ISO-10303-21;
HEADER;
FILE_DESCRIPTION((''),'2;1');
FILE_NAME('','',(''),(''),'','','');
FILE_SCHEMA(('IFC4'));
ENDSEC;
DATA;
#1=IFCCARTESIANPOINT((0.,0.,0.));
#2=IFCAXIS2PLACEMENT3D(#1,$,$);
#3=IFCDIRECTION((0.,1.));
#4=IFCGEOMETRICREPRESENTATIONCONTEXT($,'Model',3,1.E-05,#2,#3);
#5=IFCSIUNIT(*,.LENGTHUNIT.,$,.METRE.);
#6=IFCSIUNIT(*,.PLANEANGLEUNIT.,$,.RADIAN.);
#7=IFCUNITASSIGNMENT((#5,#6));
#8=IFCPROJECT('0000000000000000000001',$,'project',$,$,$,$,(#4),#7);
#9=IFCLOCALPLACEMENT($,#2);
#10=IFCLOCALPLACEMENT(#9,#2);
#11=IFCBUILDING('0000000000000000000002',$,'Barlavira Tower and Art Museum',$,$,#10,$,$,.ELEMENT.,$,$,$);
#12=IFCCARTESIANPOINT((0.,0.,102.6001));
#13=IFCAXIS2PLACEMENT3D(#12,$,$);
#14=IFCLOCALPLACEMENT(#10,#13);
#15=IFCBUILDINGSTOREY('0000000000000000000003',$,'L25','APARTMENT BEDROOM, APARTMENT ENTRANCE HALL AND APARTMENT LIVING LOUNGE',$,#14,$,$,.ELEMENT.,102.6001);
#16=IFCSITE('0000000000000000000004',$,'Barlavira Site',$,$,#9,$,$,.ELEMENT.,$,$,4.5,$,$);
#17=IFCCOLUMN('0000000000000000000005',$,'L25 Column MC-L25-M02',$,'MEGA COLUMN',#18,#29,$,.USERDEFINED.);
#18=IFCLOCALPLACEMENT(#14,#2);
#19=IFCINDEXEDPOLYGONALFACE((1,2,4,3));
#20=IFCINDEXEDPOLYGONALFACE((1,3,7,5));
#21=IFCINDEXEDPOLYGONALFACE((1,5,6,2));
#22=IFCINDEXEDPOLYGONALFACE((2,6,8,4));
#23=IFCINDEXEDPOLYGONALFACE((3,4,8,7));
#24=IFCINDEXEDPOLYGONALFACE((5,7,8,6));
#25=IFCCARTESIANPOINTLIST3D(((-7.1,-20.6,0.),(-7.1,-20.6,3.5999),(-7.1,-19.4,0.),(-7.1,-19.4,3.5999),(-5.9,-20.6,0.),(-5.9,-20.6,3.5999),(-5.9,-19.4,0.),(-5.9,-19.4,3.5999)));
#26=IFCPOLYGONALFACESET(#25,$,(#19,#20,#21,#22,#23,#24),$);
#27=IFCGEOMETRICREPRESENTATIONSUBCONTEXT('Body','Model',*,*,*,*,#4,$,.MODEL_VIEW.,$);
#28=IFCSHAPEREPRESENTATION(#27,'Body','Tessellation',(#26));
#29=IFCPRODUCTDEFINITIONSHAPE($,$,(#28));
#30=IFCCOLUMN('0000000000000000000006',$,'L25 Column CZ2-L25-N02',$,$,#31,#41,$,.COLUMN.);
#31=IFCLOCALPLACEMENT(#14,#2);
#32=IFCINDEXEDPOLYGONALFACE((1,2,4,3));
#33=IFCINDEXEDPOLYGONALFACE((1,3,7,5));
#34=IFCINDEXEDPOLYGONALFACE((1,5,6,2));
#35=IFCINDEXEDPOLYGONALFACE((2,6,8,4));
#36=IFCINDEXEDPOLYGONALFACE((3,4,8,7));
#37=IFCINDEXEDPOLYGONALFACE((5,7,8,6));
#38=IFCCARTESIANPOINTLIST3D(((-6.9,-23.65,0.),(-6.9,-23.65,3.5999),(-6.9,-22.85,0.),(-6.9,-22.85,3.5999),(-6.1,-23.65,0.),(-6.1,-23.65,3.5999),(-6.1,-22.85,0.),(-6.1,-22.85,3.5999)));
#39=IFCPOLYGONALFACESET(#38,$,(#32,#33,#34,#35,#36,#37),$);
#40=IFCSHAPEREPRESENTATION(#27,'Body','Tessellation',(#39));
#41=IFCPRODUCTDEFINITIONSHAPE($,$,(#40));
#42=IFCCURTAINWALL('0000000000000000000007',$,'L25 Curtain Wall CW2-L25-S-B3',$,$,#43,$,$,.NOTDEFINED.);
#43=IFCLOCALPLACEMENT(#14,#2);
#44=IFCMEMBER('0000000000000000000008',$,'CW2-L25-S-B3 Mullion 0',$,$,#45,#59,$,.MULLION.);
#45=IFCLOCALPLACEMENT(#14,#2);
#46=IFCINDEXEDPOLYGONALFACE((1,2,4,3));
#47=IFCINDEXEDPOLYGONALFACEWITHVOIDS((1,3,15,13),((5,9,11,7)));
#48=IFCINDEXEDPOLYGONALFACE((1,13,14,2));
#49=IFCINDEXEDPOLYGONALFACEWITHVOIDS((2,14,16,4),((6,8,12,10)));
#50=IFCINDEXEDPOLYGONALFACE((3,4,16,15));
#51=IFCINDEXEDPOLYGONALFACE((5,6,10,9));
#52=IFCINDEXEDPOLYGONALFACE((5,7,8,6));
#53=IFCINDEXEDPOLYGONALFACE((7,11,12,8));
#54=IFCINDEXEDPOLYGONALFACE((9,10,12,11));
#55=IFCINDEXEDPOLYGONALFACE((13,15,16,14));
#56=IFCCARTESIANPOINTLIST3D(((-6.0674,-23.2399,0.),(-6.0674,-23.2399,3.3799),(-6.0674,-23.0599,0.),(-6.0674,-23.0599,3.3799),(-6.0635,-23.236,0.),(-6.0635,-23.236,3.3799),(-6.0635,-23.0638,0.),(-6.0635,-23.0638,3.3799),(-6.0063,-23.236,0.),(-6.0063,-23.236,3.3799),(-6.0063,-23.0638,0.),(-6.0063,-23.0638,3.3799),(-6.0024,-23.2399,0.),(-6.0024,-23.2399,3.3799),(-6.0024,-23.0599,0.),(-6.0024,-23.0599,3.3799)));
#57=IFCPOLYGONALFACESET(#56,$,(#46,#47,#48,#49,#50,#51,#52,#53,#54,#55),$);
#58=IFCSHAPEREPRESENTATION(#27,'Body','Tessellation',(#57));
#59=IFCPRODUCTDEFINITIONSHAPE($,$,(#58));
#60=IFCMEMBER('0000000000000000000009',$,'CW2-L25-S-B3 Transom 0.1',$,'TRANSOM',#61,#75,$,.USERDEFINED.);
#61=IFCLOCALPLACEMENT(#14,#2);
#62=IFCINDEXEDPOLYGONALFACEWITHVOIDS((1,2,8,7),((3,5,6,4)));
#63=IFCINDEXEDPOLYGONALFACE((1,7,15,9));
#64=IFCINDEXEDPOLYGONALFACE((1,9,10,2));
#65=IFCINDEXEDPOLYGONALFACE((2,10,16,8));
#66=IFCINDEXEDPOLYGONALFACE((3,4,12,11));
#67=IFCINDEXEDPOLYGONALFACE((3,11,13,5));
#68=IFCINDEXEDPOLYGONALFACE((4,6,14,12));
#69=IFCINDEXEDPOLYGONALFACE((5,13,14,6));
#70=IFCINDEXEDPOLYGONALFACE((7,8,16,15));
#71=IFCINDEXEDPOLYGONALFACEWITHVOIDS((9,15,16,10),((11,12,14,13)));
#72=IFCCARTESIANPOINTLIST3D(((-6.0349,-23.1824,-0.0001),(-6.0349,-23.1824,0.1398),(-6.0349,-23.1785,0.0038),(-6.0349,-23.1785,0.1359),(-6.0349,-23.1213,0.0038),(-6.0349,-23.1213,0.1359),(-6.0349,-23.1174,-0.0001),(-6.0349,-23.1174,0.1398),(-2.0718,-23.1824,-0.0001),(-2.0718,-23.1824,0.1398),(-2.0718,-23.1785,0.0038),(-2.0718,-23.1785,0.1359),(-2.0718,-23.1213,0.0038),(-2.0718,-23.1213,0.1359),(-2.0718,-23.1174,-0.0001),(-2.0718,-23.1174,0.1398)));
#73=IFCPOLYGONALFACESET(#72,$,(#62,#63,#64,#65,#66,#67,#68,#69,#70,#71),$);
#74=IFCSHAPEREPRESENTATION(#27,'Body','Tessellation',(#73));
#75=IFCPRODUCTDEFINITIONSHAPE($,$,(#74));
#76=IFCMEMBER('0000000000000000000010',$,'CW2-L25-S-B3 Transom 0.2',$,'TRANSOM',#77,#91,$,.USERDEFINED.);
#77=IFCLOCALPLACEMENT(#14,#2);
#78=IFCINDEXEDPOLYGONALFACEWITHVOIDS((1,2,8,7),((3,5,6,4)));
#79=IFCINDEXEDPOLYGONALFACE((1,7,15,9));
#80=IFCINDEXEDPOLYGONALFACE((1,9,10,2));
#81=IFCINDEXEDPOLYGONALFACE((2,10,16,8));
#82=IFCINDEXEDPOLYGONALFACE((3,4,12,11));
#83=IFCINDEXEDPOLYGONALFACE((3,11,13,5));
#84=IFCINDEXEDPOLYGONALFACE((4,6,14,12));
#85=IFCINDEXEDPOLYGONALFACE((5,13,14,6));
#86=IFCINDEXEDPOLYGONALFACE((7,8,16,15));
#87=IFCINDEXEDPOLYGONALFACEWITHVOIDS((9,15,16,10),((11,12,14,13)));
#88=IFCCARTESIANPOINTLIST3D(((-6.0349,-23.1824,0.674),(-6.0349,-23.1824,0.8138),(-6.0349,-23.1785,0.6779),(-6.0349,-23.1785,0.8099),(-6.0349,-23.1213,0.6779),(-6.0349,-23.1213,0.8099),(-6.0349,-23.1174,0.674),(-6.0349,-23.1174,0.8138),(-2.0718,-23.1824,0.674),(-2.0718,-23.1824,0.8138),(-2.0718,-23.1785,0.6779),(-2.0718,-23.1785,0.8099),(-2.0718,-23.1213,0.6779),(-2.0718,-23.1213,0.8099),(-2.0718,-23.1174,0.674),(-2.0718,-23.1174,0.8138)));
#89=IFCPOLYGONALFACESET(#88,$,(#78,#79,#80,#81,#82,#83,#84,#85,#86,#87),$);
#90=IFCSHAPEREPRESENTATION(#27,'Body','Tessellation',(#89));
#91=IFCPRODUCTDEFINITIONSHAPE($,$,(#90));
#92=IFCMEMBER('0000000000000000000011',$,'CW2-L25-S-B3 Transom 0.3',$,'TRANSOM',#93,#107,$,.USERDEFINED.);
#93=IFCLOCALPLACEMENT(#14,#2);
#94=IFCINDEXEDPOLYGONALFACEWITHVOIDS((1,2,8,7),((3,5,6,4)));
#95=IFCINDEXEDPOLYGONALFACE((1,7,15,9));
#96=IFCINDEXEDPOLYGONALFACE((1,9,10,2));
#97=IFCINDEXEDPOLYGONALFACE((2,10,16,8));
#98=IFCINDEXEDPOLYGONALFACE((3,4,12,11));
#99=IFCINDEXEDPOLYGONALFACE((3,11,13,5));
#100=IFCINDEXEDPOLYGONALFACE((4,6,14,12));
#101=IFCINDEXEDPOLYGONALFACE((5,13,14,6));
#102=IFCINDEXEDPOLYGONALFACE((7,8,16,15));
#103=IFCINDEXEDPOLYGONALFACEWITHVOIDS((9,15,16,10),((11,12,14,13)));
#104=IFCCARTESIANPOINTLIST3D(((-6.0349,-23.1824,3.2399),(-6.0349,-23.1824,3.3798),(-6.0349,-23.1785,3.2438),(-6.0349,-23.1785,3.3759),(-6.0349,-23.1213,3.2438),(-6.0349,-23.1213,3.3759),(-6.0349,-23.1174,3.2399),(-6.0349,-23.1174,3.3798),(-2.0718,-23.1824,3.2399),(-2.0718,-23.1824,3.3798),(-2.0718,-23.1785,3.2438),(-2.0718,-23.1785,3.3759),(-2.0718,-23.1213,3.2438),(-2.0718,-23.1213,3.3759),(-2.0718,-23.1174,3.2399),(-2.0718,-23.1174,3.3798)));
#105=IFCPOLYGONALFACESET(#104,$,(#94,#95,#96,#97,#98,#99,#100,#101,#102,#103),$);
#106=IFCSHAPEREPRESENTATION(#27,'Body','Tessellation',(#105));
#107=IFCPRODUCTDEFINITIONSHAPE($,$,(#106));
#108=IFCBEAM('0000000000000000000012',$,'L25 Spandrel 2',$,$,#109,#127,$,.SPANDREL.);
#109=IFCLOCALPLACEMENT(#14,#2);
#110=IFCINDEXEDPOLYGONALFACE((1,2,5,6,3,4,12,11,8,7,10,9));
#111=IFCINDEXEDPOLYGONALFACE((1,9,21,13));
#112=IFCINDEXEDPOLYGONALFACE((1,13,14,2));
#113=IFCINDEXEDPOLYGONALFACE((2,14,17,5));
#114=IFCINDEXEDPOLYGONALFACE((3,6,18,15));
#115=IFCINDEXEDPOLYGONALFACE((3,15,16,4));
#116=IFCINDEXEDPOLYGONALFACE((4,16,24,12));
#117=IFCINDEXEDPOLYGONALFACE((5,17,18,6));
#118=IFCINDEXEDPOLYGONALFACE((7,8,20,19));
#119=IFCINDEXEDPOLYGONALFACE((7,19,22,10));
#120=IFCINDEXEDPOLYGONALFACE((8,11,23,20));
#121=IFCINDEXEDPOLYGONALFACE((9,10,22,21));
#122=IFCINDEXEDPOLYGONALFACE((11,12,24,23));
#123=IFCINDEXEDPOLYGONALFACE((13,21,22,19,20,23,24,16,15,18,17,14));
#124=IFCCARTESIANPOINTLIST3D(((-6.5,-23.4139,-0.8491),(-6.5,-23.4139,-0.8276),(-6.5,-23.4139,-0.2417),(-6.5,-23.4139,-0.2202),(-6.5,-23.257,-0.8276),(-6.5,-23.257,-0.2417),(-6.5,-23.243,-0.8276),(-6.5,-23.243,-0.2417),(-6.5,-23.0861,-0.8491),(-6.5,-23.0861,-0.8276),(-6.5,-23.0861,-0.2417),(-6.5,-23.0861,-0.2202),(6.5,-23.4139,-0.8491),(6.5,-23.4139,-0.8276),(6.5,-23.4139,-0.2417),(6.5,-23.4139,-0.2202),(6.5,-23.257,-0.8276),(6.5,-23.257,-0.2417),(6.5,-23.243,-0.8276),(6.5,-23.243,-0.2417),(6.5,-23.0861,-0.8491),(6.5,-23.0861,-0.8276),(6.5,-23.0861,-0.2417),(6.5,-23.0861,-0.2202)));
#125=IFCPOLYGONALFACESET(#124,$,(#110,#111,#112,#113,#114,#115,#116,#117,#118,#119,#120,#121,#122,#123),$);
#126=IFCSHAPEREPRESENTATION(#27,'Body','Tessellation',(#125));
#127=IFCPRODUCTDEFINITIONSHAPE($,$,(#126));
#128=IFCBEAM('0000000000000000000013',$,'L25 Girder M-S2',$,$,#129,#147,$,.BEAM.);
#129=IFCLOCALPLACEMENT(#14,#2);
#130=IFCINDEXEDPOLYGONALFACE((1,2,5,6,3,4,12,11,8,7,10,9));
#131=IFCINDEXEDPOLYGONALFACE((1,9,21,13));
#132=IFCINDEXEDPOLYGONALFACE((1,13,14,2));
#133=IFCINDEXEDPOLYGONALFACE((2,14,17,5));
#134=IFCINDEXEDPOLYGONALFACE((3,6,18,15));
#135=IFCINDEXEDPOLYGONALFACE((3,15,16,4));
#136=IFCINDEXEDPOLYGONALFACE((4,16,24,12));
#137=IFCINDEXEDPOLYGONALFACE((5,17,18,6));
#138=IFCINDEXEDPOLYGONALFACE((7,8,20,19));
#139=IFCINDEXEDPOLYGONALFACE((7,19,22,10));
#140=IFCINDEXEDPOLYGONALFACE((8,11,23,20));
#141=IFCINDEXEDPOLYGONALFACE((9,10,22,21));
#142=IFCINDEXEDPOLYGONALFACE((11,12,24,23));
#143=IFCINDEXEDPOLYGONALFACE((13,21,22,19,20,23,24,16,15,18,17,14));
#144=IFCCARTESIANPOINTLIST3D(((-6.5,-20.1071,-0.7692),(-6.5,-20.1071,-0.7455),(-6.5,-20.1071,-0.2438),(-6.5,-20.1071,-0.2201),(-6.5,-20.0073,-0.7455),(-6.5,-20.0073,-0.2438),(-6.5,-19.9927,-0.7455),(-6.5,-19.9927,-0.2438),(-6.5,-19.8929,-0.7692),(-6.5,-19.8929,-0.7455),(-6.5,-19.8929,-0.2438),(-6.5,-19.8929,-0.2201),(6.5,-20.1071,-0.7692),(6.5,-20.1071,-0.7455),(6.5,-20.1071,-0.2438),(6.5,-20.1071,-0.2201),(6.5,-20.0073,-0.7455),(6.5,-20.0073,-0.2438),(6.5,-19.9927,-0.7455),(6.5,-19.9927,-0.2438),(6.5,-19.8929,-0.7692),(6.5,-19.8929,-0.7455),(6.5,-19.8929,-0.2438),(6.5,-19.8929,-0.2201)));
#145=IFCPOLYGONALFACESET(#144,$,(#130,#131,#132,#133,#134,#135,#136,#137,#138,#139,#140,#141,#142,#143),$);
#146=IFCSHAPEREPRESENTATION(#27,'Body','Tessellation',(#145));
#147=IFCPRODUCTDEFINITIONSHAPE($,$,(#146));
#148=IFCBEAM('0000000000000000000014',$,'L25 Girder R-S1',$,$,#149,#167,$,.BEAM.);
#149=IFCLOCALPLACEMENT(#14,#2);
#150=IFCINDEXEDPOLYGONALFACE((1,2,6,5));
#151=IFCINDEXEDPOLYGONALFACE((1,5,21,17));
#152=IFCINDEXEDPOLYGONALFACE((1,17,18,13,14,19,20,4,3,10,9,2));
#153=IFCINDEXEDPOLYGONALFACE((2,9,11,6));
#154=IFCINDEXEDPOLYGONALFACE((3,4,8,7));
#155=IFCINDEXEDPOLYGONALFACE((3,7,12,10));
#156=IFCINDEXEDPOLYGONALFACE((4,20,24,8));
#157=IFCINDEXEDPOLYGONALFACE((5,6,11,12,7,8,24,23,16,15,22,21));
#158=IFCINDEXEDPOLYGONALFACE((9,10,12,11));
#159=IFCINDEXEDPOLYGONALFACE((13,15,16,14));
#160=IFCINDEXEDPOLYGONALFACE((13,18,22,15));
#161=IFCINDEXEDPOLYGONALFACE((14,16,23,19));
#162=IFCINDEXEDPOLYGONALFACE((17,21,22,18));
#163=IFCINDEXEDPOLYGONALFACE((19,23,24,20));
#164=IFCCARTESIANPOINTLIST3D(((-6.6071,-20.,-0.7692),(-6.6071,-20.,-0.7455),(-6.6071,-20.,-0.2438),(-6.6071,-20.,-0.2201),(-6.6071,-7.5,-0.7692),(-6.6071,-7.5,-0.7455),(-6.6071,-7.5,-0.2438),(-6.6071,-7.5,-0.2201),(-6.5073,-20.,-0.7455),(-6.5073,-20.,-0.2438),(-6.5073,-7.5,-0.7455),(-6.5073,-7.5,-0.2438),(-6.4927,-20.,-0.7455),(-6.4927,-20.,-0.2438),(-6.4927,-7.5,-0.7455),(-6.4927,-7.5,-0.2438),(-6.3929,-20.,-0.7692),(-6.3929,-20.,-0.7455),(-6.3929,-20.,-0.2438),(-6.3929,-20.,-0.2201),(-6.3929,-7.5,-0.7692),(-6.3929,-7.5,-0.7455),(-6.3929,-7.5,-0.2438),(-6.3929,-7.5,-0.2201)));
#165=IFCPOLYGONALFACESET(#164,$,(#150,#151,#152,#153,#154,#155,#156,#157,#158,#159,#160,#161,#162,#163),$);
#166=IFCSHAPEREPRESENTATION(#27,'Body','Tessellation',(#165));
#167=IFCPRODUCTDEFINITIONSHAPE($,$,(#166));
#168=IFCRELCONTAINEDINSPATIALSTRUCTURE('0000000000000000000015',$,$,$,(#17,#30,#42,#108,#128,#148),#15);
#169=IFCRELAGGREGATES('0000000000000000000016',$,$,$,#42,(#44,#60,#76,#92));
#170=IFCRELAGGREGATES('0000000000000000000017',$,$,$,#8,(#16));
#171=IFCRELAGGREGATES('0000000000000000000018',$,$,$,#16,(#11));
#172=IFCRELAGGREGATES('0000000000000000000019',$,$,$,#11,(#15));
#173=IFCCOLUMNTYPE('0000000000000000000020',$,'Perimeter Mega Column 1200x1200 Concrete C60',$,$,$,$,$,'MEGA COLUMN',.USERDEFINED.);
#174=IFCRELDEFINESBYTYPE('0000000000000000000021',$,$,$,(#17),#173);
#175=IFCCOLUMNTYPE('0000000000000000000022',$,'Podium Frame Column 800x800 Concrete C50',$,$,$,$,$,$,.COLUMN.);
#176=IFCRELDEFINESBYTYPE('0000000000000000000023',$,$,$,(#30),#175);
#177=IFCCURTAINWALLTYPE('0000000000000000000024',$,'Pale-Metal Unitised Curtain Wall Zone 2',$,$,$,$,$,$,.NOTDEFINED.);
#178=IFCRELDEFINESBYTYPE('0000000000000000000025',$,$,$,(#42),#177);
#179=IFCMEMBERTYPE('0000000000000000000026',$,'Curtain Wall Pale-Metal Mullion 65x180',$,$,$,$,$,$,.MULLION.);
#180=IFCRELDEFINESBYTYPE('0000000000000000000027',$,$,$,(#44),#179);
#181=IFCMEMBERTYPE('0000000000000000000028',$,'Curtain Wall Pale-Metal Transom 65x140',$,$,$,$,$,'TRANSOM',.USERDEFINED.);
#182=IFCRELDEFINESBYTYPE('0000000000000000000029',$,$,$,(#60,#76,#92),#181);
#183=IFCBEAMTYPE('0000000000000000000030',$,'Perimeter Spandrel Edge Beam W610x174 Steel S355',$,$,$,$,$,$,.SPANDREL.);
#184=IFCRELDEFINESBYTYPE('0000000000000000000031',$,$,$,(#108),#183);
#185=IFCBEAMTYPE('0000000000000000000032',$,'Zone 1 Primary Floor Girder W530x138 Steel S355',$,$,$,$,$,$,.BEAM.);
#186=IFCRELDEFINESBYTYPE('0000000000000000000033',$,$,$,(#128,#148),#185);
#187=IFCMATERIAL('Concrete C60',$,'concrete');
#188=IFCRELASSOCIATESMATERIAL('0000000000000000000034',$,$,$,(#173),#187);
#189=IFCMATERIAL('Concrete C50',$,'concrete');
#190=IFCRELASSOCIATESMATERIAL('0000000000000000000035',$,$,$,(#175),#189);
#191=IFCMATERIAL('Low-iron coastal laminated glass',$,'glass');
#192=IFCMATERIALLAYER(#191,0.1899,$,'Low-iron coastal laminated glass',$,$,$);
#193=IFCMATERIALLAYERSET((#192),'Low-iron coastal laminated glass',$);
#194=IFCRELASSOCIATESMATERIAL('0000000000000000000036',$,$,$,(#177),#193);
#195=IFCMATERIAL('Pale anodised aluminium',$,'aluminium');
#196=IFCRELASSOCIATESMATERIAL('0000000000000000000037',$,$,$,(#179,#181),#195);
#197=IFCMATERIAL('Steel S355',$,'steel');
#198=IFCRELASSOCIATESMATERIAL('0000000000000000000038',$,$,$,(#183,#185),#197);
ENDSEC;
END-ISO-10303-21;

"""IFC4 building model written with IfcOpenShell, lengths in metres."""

from ifc_helpers import new_model, si_unit, direction, frame, origin, origin_2d, place, context, subcontext, project, spatial, rectangle, hollow_rectangle, i_section, extrude, material, layer, layer_set, material_profile, profile_set, type_object, element, aggregate, save


model = new_model("IFC4")

# Units and contexts
model_context = context("Model", 3, precision=1e-05, world=origin(), true_north=direction((0.0, 1.0)))
body_context = subcontext(model_context, "Body", "Model", "MODEL_VIEW")
ifc_project = project(units=[si_unit("LENGTHUNIT", "METRE"), si_unit("PLANEANGLEUNIT", "RADIAN")], contexts=[model_context])

# Site, building, storey
site_placement = place(None, origin())
site = spatial("IfcSite", under=ifc_project, at=site_placement, Name="Barlavira Site", CompositionType="ELEMENT", RefElevation=4.5)
building_placement = place(site_placement, origin())
building = spatial("IfcBuilding", under=site, at=building_placement, Name="Barlavira Tower and Art Museum", CompositionType="ELEMENT")
storey_placement = place(building_placement, frame((0.0, 0.0, 102.6001)))
storey = spatial("IfcBuildingStorey", under=building, at=storey_placement, Name="L25", Description="APARTMENT BEDROOM, APARTMENT ENTRANCE HALL AND APARTMENT LIVING LOUNGE", CompositionType="ELEMENT", Elevation=102.6001)

# Columns
ifc_material_1 = material(Name="Concrete C60", Category="concrete")
ifc_material_profile_1 = material_profile(ifc_material_1, rectangle(XDim=1.2, YDim=1.2, at=origin_2d()), Name="RC-COL 1200x1200")
ifc_profile_set_1 = profile_set([ifc_material_profile_1], Name="Concrete C60")
column_type_1 = type_object("IfcColumnType", Name="Perimeter Mega Column 1200x1200 Concrete C60", ElementType="MEGA COLUMN", PredefinedType="USERDEFINED", material=ifc_profile_set_1)
column_1_placement = place(storey_placement, frame((-6.5, -20.0, 0.0), z_axis=(0.0, 0.0, 1.0), x_axis=(1.0, 0.0, 0.0)))
element("IfcColumn", 1, at=column_1_placement, inside=storey, type_object=column_type_1, Name="L25 Column MC-L25-M02", ObjectType="MEGA COLUMN", PredefinedType="USERDEFINED", context=body_context, shape_type="SweptSolid", body=[
    extrude(rectangle(XDim=1.2, YDim=1.2, at=origin_2d()), origin(), (0.0, 0.0, 1.0), 3.5999),
])
ifc_material_2 = material(Name="Concrete C50", Category="concrete")
ifc_material_profile_2 = material_profile(ifc_material_2, rectangle(XDim=0.8, YDim=0.8, at=origin_2d()), Name="RC-COL 800x800")
ifc_profile_set_2 = profile_set([ifc_material_profile_2], Name="Concrete C50")
column_type_2 = type_object("IfcColumnType", Name="Podium Frame Column 800x800 Concrete C50", PredefinedType="COLUMN", material=ifc_profile_set_2)
column_2_placement = place(storey_placement, frame((-6.5, -23.25, 0.0), z_axis=(0.0, 0.0, 1.0), x_axis=(1.0, 0.0, 0.0)))
element("IfcColumn", 2, at=column_2_placement, inside=storey, type_object=column_type_2, Name="L25 Column CZ2-L25-N02", PredefinedType="COLUMN", context=body_context, shape_type="SweptSolid", body=[
    extrude(rectangle(XDim=0.8, YDim=0.8, at=origin_2d()), origin(), (0.0, 0.0, 1.0), 3.5999),
])

# Curtain wall, members
ifc_material_3 = material(Name="Low-iron coastal laminated glass", Category="glass")
ifc_layer_1 = layer(ifc_material_3, 0.1899, Name="Low-iron coastal laminated glass")
ifc_layer_set_1 = layer_set([ifc_layer_1], Name="Low-iron coastal laminated glass")
curtain_wall_type = type_object("IfcCurtainWallType", Name="Pale-Metal Unitised Curtain Wall Zone 2", PredefinedType="NOTDEFINED", material=ifc_layer_set_1)
curtain_wall_placement = place(storey_placement, origin())
curtain_wall = element("IfcCurtainWall", 3, at=curtain_wall_placement, inside=storey, type_object=curtain_wall_type, Name="L25 Curtain Wall CW2-L25-S-B3", PredefinedType="NOTDEFINED")
ifc_material_4 = material(Name="Pale anodised aluminium", Category="aluminium")
ifc_material_profile_3 = material_profile(ifc_material_4, hollow_rectangle(XDim=0.0649, YDim=0.1799, WallThickness=0.0039, at=origin_2d()), Name="ALU-MULL 65x180x4")
ifc_profile_set_3 = profile_set([ifc_material_profile_3], Name="Pale anodised aluminium")
member_type_1 = type_object("IfcMemberType", Name="Curtain Wall Pale-Metal Mullion 65x180", PredefinedType="MULLION", material=ifc_profile_set_3)
member_1_placement = place(storey_placement, frame((-6.0349, -23.1499, 0.0), z_axis=(0.0, 0.0, 1.0), x_axis=(1.0, 0.0, 0.0)))
member_1 = element("IfcMember", 4, at=member_1_placement, type_object=member_type_1, Name="CW2-L25-S-B3 Mullion 0", PredefinedType="MULLION", context=body_context, shape_type="SweptSolid", body=[
    extrude(hollow_rectangle(XDim=0.0649, YDim=0.1799, WallThickness=0.0039, at=origin_2d()), origin(), (0.0, 0.0, 1.0), 3.3799),
])
ifc_material_profile_4 = material_profile(ifc_material_4, hollow_rectangle(XDim=0.0649, YDim=0.1399, WallThickness=0.0039, at=origin_2d()), Name="ALU-TRAN 65x140x4")
ifc_profile_set_4 = profile_set([ifc_material_profile_4], Name="Pale anodised aluminium")
member_type_2 = type_object("IfcMemberType", Name="Curtain Wall Pale-Metal Transom 65x140", ElementType="TRANSOM", PredefinedType="USERDEFINED", material=ifc_profile_set_4)
member_2_placement = place(storey_placement, frame((-6.0349, -23.1499, 0.0698), z_axis=(1.0, 0.0, 0.0), x_axis=(0.0, 1.0, 0.0)))
member_2 = element("IfcMember", 5, at=member_2_placement, type_object=member_type_2, Name="CW2-L25-S-B3 Transom 0.1", ObjectType="TRANSOM", PredefinedType="USERDEFINED", context=body_context, shape_type="SweptSolid", body=[
    extrude(hollow_rectangle(XDim=0.0649, YDim=0.1399, WallThickness=0.0039, at=origin_2d()), origin(), (0.0, 0.0, 1.0), 3.9631),
])
member_3_placement = place(storey_placement, frame((-6.0349, -23.1499, 0.7439), z_axis=(1.0, 0.0, 0.0), x_axis=(0.0, 1.0, 0.0)))
member_3 = element("IfcMember", 6, at=member_3_placement, type_object=member_type_2, Name="CW2-L25-S-B3 Transom 0.2", ObjectType="TRANSOM", PredefinedType="USERDEFINED", context=body_context, shape_type="SweptSolid", body=[
    extrude(hollow_rectangle(XDim=0.0649, YDim=0.1399, WallThickness=0.0039, at=origin_2d()), origin(), (0.0, 0.0, 1.0), 3.9631),
])
member_4_placement = place(storey_placement, frame((-6.0349, -23.1499, 3.3098), z_axis=(1.0, 0.0, 0.0), x_axis=(0.0, 1.0, 0.0)))
member_4 = element("IfcMember", 7, at=member_4_placement, type_object=member_type_2, Name="CW2-L25-S-B3 Transom 0.3", ObjectType="TRANSOM", PredefinedType="USERDEFINED", context=body_context, shape_type="SweptSolid", body=[
    extrude(hollow_rectangle(XDim=0.0649, YDim=0.1399, WallThickness=0.0039, at=origin_2d()), origin(), (0.0, 0.0, 1.0), 3.9631),
])

# Beams
ifc_material_5 = material(Name="Steel S355", Category="steel")
ifc_material_profile_5 = material_profile(ifc_material_5, i_section(OverallWidth=0.3279, OverallDepth=0.6289, WebThickness=0.0139, FlangeThickness=0.0215, at=origin_2d()), Name="W610x174.0")
ifc_profile_set_5 = profile_set([ifc_material_profile_5], Name="Steel S355")
beam_type_1 = type_object("IfcBeamType", Name="Perimeter Spandrel Edge Beam W610x174 Steel S355", PredefinedType="SPANDREL", material=ifc_profile_set_5)
beam_1_placement = place(storey_placement, frame((-6.5, -23.25, -0.5347), z_axis=(1.0, 0.0, 0.0), x_axis=(0.0, 1.0, 0.0)))
element("IfcBeam", 8, at=beam_1_placement, inside=storey, type_object=beam_type_1, Name="L25 Spandrel 2", PredefinedType="SPANDREL", context=body_context, shape_type="SweptSolid", body=[
    extrude(i_section(OverallWidth=0.3279, OverallDepth=0.6289, WebThickness=0.0139, FlangeThickness=0.0215, at=origin_2d()), origin(), (0.0, 0.0, 1.0), 13.0),
])
ifc_material_profile_6 = material_profile(ifc_material_5, i_section(OverallWidth=0.2141, OverallDepth=0.5491, WebThickness=0.0146, FlangeThickness=0.0237, at=origin_2d()), Name="W530x138.0")
ifc_profile_set_6 = profile_set([ifc_material_profile_6], Name="Steel S355")
beam_type_2 = type_object("IfcBeamType", Name="Zone 1 Primary Floor Girder W530x138 Steel S355", PredefinedType="BEAM", material=ifc_profile_set_6)
beam_2_placement = place(storey_placement, frame((-6.5, -20.0, -0.4946), z_axis=(1.0, 0.0, 0.0), x_axis=(0.0, 1.0, 0.0)))
element("IfcBeam", 9, at=beam_2_placement, inside=storey, type_object=beam_type_2, Name="L25 Girder M-S2", PredefinedType="BEAM", context=body_context, shape_type="SweptSolid", body=[
    extrude(i_section(OverallWidth=0.2141, OverallDepth=0.5491, WebThickness=0.0146, FlangeThickness=0.0237, at=origin_2d()), origin(), (0.0, 0.0, 1.0), 13.0),
])
beam_3_placement = place(storey_placement, frame((-6.5, -20.0, -0.4946), z_axis=(0.0, 1.0, 0.0), x_axis=(-1.0, 0.0, 0.0)))
element("IfcBeam", 10, at=beam_3_placement, inside=storey, type_object=beam_type_2, Name="L25 Girder R-S1", PredefinedType="BEAM", context=body_context, shape_type="SweptSolid", body=[
    extrude(i_section(OverallWidth=0.2141, OverallDepth=0.5491, WebThickness=0.0146, FlangeThickness=0.0237, at=origin_2d()), origin(), (0.0, 0.0, 1.0), 12.5),
])

aggregate(curtain_wall, [member_1, member_2, member_3, member_4])

save(model, "model.ifc")
